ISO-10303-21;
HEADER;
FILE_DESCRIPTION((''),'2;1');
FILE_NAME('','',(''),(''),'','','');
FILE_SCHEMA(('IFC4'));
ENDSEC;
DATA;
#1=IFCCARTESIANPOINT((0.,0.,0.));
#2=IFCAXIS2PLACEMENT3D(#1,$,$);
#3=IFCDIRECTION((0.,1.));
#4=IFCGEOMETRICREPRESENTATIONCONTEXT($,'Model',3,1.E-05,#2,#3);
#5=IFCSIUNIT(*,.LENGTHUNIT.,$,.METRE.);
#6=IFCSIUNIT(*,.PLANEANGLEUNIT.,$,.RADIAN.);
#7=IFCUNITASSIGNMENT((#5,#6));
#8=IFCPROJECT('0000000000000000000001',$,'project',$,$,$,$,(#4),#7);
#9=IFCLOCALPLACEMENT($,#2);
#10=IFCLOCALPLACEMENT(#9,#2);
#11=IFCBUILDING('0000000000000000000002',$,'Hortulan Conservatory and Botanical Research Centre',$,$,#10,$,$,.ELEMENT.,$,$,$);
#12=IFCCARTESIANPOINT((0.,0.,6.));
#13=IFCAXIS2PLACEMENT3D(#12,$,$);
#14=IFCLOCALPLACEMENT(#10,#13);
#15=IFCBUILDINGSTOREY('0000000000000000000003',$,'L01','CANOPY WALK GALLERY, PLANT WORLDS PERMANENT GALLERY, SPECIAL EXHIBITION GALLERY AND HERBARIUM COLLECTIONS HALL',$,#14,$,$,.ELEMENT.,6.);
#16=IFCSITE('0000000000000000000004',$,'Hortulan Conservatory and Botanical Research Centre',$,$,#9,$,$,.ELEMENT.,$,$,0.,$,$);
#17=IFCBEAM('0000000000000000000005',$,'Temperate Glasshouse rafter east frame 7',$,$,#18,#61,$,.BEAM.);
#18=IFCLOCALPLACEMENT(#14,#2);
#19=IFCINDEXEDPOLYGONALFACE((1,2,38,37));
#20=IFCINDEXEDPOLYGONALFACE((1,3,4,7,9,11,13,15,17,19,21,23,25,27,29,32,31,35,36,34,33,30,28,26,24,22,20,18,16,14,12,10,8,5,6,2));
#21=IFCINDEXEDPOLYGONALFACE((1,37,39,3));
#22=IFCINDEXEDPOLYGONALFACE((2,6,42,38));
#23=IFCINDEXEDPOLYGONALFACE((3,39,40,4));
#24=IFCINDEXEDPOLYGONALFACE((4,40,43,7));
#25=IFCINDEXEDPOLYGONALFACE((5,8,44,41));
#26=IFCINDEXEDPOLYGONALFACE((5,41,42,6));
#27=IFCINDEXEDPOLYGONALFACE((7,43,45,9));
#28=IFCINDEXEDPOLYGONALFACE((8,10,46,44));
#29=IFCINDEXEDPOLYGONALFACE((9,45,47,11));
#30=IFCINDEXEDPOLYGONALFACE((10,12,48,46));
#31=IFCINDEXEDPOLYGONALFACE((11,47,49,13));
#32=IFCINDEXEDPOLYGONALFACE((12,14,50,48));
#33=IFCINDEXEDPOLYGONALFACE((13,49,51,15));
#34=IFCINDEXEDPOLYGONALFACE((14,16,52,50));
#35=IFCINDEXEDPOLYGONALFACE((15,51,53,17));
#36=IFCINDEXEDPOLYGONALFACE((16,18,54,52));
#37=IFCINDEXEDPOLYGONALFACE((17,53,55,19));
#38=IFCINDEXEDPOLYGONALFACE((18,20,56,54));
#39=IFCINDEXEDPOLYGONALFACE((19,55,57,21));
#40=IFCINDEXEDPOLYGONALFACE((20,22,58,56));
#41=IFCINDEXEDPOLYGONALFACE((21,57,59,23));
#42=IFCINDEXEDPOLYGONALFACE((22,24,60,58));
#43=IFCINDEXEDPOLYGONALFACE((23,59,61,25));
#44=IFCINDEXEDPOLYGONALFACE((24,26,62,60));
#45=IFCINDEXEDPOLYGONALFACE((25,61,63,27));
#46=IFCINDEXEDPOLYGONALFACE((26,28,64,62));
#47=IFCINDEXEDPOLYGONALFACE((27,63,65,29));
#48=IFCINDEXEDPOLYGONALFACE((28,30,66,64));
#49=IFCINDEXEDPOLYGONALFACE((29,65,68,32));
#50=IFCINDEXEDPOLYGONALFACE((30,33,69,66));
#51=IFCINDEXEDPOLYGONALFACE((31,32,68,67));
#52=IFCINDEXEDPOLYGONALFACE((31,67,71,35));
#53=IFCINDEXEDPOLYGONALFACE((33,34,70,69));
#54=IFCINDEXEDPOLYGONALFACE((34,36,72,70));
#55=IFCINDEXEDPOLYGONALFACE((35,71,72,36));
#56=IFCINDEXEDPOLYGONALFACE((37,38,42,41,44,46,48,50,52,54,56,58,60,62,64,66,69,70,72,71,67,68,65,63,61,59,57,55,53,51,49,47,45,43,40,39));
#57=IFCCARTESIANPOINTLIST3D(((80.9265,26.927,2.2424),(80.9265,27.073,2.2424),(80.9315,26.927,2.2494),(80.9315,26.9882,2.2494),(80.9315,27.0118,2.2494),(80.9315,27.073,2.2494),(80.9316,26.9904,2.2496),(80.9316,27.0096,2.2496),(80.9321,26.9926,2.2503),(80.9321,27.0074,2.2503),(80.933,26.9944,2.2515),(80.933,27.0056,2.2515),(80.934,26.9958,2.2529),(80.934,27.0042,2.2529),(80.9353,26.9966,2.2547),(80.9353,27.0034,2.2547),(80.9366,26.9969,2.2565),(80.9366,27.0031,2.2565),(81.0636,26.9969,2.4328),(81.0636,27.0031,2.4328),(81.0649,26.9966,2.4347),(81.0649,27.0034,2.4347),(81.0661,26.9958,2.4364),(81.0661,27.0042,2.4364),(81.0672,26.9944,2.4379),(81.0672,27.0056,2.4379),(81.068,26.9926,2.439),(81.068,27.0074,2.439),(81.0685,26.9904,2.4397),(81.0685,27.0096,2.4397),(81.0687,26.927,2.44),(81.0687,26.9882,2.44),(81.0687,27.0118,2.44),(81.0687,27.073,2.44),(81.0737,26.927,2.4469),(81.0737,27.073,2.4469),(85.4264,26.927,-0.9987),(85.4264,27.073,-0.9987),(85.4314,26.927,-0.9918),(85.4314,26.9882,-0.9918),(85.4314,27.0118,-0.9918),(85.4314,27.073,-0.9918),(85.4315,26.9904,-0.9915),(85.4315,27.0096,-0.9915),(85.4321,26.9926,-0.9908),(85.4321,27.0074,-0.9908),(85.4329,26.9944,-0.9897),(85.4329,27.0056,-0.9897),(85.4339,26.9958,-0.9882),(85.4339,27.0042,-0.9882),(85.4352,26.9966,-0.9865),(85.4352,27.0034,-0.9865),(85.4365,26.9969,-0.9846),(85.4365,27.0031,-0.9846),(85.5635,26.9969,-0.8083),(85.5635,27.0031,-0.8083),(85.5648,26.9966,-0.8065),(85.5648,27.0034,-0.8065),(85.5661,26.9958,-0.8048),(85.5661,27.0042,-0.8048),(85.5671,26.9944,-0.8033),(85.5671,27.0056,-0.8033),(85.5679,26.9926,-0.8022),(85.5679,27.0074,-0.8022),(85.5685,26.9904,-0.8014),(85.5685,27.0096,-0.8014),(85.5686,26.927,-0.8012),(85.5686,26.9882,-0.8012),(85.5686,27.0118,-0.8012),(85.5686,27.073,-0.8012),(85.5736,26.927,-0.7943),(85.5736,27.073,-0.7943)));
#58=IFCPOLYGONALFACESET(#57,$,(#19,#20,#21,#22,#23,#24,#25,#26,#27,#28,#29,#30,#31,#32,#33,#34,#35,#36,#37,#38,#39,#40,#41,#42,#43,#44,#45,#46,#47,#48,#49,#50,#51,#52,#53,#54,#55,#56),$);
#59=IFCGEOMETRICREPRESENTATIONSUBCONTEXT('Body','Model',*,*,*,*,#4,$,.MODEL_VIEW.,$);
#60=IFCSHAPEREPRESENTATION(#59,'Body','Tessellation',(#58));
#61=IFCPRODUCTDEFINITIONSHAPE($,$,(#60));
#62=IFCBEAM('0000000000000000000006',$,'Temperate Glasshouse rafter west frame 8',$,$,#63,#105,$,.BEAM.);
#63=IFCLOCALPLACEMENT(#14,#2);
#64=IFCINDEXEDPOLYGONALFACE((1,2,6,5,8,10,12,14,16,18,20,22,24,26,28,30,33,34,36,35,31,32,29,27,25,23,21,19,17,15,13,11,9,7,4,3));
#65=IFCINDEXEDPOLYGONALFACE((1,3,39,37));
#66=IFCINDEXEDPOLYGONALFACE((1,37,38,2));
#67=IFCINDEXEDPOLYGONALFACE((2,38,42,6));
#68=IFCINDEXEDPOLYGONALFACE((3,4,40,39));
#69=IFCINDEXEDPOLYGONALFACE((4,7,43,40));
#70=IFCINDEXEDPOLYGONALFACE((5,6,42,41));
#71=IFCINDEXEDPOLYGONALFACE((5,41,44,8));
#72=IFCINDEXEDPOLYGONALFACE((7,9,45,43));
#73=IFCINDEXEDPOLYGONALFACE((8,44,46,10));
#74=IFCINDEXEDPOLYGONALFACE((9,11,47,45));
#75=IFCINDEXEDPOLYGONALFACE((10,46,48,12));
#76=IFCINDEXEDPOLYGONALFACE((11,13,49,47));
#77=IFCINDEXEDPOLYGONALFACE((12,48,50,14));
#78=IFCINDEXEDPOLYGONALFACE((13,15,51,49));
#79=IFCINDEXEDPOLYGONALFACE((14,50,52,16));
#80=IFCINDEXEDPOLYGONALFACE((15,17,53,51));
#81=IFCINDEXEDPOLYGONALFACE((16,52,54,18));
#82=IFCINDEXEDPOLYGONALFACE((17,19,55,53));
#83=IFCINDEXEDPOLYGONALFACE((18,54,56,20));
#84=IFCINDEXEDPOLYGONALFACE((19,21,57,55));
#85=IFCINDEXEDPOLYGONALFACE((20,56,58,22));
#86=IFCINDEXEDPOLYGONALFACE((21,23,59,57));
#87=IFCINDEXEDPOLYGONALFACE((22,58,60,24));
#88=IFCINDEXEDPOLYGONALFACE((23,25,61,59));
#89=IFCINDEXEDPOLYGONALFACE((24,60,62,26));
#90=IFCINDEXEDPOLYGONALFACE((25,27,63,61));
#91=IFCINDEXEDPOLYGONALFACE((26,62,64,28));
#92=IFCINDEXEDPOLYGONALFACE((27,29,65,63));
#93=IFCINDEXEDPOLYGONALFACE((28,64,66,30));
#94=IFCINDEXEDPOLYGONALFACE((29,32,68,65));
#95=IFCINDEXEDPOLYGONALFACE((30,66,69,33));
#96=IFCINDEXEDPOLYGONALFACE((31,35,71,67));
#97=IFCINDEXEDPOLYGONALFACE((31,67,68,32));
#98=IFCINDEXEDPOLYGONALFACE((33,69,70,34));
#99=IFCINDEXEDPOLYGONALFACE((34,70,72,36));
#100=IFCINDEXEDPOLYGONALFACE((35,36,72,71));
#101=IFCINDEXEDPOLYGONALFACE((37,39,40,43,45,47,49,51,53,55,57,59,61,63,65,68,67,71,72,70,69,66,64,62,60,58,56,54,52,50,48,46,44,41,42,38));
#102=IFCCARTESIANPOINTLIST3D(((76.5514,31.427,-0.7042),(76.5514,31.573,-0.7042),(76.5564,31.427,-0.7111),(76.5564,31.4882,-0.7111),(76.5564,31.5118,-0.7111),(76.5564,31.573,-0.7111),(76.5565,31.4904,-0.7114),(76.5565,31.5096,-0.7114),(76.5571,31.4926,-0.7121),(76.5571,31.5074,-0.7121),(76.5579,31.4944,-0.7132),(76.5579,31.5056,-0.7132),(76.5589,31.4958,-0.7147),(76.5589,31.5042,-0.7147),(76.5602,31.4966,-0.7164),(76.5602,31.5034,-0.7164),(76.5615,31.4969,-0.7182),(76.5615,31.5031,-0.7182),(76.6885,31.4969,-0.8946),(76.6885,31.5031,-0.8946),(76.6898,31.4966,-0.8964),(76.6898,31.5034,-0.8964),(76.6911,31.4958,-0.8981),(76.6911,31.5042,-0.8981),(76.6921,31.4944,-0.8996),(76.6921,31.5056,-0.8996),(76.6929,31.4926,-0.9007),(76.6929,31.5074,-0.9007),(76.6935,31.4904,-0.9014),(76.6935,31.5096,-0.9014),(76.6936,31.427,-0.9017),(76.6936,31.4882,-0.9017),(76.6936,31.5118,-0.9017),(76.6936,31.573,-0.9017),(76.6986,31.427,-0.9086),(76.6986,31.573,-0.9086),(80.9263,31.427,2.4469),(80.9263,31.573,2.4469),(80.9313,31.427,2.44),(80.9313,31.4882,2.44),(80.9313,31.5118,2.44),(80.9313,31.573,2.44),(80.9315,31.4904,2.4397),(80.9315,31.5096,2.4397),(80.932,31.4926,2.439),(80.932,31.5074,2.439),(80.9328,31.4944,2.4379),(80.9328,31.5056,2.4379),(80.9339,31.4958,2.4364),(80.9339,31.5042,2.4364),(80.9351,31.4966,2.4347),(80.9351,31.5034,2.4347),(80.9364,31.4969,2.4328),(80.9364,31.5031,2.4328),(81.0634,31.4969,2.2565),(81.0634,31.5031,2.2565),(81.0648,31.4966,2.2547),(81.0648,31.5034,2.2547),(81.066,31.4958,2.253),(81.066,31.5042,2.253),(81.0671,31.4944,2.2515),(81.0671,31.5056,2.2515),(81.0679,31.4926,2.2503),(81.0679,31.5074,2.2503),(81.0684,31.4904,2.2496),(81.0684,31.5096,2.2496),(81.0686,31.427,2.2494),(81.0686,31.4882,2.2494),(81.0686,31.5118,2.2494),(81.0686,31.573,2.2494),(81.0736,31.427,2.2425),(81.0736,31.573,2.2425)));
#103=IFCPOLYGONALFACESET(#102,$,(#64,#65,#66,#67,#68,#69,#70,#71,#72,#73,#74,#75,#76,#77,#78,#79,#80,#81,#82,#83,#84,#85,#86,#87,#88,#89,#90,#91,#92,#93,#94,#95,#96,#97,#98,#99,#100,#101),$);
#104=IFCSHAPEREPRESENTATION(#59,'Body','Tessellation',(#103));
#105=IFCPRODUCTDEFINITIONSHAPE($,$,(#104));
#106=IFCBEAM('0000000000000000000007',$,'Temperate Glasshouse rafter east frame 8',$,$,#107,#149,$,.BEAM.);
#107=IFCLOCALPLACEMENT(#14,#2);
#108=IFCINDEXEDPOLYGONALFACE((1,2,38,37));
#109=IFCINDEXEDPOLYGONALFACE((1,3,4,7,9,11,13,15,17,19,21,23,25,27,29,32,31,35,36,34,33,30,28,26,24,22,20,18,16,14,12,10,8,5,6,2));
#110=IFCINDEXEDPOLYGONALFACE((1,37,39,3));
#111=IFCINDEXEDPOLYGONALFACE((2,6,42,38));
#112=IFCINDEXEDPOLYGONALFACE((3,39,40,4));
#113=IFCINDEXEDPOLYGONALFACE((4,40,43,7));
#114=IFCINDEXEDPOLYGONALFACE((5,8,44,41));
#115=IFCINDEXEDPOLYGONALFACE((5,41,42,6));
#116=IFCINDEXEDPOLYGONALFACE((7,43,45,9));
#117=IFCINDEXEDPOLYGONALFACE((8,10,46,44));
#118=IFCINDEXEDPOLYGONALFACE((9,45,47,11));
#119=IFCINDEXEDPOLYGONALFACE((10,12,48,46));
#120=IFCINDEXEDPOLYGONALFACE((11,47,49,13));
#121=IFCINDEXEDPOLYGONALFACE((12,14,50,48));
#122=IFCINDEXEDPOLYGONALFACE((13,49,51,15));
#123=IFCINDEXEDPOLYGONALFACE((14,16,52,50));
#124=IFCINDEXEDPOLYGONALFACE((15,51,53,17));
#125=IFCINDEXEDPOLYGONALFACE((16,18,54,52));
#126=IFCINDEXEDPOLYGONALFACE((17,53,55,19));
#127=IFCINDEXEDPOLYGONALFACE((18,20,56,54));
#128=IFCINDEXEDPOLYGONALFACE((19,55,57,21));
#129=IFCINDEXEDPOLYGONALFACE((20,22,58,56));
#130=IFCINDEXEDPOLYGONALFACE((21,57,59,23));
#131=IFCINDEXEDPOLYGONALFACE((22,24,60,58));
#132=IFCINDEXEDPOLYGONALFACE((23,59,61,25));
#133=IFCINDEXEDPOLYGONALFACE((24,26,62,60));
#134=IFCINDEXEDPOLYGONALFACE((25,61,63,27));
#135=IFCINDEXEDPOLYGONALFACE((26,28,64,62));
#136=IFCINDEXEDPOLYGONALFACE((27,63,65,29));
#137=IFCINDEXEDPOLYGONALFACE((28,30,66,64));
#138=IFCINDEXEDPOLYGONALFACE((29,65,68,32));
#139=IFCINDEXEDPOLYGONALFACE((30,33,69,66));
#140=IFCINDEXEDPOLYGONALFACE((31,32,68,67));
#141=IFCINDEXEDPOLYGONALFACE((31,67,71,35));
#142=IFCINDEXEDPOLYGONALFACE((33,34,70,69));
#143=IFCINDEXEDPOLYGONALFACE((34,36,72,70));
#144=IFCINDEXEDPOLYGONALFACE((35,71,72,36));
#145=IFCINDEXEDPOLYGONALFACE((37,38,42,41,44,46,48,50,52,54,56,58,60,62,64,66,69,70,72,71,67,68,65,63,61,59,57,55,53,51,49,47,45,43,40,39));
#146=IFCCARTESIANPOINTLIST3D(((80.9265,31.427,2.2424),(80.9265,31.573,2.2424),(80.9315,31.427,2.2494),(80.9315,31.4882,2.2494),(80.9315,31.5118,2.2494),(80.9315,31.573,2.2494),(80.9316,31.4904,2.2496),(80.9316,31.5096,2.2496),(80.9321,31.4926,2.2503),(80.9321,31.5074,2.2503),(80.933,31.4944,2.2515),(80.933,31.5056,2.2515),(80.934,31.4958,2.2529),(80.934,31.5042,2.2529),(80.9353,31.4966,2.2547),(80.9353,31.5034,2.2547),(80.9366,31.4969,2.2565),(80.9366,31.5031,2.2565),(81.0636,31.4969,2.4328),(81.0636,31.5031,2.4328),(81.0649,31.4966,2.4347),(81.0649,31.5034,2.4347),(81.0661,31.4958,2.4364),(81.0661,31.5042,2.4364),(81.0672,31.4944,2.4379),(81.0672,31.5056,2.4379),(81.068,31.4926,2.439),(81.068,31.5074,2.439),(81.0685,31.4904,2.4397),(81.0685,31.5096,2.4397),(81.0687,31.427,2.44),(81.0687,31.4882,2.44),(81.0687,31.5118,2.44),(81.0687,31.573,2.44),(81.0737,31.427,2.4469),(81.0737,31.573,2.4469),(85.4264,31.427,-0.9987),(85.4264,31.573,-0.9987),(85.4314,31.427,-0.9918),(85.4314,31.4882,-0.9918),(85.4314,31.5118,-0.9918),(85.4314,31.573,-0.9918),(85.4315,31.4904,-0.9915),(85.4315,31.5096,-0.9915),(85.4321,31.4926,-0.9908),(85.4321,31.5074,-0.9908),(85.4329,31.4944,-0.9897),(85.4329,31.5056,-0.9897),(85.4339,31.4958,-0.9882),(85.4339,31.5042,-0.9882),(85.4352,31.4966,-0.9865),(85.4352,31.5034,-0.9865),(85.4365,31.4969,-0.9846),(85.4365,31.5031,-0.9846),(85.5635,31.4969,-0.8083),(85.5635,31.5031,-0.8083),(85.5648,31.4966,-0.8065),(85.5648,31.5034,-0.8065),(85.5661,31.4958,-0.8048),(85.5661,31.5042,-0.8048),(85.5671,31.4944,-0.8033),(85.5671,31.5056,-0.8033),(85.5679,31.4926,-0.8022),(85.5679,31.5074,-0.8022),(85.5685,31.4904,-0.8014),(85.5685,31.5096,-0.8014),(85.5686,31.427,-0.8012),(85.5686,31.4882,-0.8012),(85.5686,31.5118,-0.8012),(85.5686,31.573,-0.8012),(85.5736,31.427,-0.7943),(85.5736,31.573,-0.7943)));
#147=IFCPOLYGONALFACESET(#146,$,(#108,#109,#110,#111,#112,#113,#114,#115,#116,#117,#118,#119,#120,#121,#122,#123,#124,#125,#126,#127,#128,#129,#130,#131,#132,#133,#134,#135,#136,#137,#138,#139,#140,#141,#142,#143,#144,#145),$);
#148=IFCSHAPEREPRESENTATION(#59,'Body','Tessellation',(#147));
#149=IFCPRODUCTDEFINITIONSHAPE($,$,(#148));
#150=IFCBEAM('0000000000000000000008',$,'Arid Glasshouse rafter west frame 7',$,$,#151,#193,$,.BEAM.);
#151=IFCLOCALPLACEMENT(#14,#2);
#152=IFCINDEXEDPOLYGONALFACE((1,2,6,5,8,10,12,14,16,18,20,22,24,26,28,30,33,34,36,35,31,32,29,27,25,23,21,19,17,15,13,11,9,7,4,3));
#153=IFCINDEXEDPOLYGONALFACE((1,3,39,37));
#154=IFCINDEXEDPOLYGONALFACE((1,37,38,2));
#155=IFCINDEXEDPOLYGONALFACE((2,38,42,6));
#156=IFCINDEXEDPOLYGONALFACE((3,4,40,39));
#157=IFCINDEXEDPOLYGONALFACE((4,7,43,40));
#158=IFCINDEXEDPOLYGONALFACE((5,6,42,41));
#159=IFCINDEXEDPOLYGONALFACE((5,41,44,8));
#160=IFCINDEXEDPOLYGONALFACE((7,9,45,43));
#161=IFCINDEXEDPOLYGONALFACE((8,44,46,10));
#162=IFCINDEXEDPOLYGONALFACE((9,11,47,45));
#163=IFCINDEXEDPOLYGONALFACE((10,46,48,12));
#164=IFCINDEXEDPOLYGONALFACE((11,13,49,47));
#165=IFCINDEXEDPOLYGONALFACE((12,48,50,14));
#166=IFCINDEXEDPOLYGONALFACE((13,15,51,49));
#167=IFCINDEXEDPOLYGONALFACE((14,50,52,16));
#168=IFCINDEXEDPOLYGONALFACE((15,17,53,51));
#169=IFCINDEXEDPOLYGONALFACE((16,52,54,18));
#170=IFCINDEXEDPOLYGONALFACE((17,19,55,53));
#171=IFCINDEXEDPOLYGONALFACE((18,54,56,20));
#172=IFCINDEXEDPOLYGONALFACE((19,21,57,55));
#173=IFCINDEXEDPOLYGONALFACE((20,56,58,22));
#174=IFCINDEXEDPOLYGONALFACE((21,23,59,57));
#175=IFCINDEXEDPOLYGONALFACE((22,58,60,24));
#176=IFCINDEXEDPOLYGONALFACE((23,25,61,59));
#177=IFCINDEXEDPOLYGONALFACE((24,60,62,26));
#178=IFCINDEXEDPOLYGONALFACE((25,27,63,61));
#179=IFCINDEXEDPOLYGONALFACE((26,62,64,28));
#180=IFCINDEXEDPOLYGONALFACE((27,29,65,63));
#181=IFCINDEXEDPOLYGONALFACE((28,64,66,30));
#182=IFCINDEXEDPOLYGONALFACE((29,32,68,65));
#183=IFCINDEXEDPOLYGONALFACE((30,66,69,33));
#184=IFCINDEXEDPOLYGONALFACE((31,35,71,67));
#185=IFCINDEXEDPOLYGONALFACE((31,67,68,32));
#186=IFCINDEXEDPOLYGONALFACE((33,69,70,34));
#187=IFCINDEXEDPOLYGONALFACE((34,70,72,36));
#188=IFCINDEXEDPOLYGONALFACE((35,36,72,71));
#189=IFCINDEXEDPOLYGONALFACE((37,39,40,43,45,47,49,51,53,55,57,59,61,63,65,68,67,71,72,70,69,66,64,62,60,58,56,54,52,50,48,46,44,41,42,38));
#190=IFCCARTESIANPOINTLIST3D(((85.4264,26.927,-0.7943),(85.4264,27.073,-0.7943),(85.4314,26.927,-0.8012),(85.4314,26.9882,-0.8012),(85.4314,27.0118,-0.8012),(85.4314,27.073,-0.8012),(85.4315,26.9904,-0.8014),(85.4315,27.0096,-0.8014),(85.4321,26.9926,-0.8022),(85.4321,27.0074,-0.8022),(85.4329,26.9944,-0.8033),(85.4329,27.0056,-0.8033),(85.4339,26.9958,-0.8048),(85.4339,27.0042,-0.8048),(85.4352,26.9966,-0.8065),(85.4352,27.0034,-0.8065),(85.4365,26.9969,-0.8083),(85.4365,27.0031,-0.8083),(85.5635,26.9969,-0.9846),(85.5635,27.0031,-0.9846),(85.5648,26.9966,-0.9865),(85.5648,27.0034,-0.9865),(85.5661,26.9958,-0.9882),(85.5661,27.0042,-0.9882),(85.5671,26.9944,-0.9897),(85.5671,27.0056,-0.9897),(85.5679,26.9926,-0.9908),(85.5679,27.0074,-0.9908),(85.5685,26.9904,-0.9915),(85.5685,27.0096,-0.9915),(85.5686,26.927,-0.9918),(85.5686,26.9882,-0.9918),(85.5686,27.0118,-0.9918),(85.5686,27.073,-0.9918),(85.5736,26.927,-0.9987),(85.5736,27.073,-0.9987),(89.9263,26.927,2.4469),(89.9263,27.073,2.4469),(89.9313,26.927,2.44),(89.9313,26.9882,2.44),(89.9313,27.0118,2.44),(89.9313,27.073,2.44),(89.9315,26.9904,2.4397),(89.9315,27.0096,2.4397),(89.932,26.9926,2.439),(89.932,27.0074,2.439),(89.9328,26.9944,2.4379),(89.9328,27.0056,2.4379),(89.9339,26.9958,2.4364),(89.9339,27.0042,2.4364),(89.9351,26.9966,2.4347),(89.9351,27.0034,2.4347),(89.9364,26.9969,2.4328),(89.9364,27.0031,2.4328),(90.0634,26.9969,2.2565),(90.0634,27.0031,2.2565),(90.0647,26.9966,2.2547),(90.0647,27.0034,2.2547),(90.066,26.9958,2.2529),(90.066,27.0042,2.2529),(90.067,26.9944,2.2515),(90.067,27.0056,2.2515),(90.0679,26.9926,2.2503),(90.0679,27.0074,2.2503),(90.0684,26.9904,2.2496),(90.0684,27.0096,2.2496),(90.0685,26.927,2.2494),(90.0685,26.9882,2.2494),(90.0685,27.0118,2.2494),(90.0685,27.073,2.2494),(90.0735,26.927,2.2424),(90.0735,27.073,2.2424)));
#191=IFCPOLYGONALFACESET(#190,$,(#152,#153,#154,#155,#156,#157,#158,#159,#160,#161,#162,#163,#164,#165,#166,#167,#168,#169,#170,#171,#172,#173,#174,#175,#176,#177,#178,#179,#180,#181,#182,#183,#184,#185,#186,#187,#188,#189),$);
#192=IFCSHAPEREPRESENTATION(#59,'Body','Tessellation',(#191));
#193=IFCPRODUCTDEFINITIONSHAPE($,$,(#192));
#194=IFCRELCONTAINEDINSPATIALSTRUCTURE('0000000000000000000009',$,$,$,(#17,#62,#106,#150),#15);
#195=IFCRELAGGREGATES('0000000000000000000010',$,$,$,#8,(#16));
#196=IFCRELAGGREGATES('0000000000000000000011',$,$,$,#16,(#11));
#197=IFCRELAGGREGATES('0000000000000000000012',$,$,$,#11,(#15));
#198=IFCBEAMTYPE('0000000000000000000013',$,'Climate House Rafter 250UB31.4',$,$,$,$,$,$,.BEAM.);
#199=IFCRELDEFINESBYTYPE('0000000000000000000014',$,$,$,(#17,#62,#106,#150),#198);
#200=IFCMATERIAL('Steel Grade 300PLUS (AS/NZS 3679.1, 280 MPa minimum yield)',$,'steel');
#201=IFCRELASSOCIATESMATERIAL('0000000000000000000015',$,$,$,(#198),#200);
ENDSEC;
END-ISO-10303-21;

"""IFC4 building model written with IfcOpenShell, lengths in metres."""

from ifc_helpers import new_model, si_unit, direction, frame, origin, origin_2d, place, context, subcontext, project, spatial, i_section, extrude, material, material_profile, profile_set, type_object, element, save


model = new_model("IFC4")

# Units and contexts
model_context = context("Model", 3, precision=1e-05, world=origin(), true_north=direction((0.0, 1.0)))
body_context = subcontext(model_context, "Body", "Model", "MODEL_VIEW")
ifc_project = project(units=[si_unit("LENGTHUNIT", "METRE"), si_unit("PLANEANGLEUNIT", "RADIAN")], contexts=[model_context])

# Site, building, storey
site_placement = place(None, origin())
site = spatial("IfcSite", under=ifc_project, at=site_placement, Name="Hortulan Conservatory and Botanical Research Centre", CompositionType="ELEMENT", RefElevation=0.0)
building_placement = place(site_placement, origin())
building = spatial("IfcBuilding", under=site, at=building_placement, Name="Hortulan Conservatory and Botanical Research Centre", CompositionType="ELEMENT")
storey_placement = place(building_placement, frame((0.0, 0.0, 6.0)))
storey = spatial("IfcBuildingStorey", under=building, at=storey_placement, Name="L01", Description="CANOPY WALK GALLERY, PLANT WORLDS PERMANENT GALLERY, SPECIAL EXHIBITION GALLERY AND HERBARIUM COLLECTIONS HALL", CompositionType="ELEMENT", Elevation=6.0)

# Shared definitions
ifc_material_1 = material(Name="Steel Grade 300PLUS (AS/NZS 3679.1, 280 MPa minimum yield)", Category="steel")

# Beams
ifc_material_profile_1 = material_profile(ifc_material_1, i_section(OverallWidth=0.146, OverallDepth=0.252, WebThickness=0.0061, FlangeThickness=0.0085, FilletRadius=0.0088, at=origin_2d()), Name="250UB31.4")
ifc_profile_set_1 = profile_set([ifc_material_profile_1], Name="Steel Grade 300PLUS (AS/NZS 3679.1, 280 MPa minimum yield)")
beam_type_1 = type_object("IfcBeamType", Name="Climate House Rafter 250UB31.4", PredefinedType="BEAM", material=ifc_profile_set_1)
beam_1_placement = place(storey_placement, frame((85.5, 27.0, -0.8965), z_axis=(-0.811431, 0.0, 0.584449), x_axis=(0.0, -1.0, 0.0)))
element("IfcBeam", 1, at=beam_1_placement, inside=storey, type_object=beam_type_1, Name="Temperate Glasshouse rafter east frame 7", PredefinedType="BEAM", context=body_context, shape_type="SweptSolid", body=[
    extrude(i_section(OverallWidth=0.146, OverallDepth=0.252, WebThickness=0.0061, FlangeThickness=0.0085, FilletRadius=0.0088, at=origin_2d()), origin(), (0.0, 0.0, 1.0), 5.5457),
])
beam_2_placement = place(storey_placement, frame((76.625, 31.5, -0.8064), z_axis=(0.811436, 0.0, 0.584442), x_axis=(0.0, 1.0, 0.0)))
element("IfcBeam", 2, at=beam_2_placement, inside=storey, type_object=beam_type_1, Name="Temperate Glasshouse rafter west frame 8", PredefinedType="BEAM", context=body_context, shape_type="SweptSolid", body=[
    extrude(i_section(OverallWidth=0.146, OverallDepth=0.252, WebThickness=0.0061, FlangeThickness=0.0085, FilletRadius=0.0088, at=origin_2d()), origin(), (0.0, 0.0, 1.0), 5.3916),
])
for number, where, z_axis, x_axis, name in (
    (3, (85.5, 31.5, -0.8965), (-0.811431, 0.0, 0.584449), (0.0, -1.0, 0.0), "Temperate Glasshouse rafter east frame 8"),
    (4, (85.5, 27.0, -0.8965), (0.811431, 0.0, 0.584449), (0.0, 1.0, 0.0), "Arid Glasshouse rafter west frame 7"),
):
    element("IfcBeam", number, at=place(storey_placement, frame(where, z_axis=z_axis, x_axis=x_axis)), inside=storey, type_object=beam_type_1, Name=name, PredefinedType="BEAM", context=body_context, shape_type="SweptSolid", body=[
        extrude(i_section(OverallWidth=0.146, OverallDepth=0.252, WebThickness=0.0061, FlangeThickness=0.0085, FilletRadius=0.0088, at=origin_2d()), origin(), (0.0, 0.0, 1.0), 5.5457),
    ])

save(model, "model.ifc")
